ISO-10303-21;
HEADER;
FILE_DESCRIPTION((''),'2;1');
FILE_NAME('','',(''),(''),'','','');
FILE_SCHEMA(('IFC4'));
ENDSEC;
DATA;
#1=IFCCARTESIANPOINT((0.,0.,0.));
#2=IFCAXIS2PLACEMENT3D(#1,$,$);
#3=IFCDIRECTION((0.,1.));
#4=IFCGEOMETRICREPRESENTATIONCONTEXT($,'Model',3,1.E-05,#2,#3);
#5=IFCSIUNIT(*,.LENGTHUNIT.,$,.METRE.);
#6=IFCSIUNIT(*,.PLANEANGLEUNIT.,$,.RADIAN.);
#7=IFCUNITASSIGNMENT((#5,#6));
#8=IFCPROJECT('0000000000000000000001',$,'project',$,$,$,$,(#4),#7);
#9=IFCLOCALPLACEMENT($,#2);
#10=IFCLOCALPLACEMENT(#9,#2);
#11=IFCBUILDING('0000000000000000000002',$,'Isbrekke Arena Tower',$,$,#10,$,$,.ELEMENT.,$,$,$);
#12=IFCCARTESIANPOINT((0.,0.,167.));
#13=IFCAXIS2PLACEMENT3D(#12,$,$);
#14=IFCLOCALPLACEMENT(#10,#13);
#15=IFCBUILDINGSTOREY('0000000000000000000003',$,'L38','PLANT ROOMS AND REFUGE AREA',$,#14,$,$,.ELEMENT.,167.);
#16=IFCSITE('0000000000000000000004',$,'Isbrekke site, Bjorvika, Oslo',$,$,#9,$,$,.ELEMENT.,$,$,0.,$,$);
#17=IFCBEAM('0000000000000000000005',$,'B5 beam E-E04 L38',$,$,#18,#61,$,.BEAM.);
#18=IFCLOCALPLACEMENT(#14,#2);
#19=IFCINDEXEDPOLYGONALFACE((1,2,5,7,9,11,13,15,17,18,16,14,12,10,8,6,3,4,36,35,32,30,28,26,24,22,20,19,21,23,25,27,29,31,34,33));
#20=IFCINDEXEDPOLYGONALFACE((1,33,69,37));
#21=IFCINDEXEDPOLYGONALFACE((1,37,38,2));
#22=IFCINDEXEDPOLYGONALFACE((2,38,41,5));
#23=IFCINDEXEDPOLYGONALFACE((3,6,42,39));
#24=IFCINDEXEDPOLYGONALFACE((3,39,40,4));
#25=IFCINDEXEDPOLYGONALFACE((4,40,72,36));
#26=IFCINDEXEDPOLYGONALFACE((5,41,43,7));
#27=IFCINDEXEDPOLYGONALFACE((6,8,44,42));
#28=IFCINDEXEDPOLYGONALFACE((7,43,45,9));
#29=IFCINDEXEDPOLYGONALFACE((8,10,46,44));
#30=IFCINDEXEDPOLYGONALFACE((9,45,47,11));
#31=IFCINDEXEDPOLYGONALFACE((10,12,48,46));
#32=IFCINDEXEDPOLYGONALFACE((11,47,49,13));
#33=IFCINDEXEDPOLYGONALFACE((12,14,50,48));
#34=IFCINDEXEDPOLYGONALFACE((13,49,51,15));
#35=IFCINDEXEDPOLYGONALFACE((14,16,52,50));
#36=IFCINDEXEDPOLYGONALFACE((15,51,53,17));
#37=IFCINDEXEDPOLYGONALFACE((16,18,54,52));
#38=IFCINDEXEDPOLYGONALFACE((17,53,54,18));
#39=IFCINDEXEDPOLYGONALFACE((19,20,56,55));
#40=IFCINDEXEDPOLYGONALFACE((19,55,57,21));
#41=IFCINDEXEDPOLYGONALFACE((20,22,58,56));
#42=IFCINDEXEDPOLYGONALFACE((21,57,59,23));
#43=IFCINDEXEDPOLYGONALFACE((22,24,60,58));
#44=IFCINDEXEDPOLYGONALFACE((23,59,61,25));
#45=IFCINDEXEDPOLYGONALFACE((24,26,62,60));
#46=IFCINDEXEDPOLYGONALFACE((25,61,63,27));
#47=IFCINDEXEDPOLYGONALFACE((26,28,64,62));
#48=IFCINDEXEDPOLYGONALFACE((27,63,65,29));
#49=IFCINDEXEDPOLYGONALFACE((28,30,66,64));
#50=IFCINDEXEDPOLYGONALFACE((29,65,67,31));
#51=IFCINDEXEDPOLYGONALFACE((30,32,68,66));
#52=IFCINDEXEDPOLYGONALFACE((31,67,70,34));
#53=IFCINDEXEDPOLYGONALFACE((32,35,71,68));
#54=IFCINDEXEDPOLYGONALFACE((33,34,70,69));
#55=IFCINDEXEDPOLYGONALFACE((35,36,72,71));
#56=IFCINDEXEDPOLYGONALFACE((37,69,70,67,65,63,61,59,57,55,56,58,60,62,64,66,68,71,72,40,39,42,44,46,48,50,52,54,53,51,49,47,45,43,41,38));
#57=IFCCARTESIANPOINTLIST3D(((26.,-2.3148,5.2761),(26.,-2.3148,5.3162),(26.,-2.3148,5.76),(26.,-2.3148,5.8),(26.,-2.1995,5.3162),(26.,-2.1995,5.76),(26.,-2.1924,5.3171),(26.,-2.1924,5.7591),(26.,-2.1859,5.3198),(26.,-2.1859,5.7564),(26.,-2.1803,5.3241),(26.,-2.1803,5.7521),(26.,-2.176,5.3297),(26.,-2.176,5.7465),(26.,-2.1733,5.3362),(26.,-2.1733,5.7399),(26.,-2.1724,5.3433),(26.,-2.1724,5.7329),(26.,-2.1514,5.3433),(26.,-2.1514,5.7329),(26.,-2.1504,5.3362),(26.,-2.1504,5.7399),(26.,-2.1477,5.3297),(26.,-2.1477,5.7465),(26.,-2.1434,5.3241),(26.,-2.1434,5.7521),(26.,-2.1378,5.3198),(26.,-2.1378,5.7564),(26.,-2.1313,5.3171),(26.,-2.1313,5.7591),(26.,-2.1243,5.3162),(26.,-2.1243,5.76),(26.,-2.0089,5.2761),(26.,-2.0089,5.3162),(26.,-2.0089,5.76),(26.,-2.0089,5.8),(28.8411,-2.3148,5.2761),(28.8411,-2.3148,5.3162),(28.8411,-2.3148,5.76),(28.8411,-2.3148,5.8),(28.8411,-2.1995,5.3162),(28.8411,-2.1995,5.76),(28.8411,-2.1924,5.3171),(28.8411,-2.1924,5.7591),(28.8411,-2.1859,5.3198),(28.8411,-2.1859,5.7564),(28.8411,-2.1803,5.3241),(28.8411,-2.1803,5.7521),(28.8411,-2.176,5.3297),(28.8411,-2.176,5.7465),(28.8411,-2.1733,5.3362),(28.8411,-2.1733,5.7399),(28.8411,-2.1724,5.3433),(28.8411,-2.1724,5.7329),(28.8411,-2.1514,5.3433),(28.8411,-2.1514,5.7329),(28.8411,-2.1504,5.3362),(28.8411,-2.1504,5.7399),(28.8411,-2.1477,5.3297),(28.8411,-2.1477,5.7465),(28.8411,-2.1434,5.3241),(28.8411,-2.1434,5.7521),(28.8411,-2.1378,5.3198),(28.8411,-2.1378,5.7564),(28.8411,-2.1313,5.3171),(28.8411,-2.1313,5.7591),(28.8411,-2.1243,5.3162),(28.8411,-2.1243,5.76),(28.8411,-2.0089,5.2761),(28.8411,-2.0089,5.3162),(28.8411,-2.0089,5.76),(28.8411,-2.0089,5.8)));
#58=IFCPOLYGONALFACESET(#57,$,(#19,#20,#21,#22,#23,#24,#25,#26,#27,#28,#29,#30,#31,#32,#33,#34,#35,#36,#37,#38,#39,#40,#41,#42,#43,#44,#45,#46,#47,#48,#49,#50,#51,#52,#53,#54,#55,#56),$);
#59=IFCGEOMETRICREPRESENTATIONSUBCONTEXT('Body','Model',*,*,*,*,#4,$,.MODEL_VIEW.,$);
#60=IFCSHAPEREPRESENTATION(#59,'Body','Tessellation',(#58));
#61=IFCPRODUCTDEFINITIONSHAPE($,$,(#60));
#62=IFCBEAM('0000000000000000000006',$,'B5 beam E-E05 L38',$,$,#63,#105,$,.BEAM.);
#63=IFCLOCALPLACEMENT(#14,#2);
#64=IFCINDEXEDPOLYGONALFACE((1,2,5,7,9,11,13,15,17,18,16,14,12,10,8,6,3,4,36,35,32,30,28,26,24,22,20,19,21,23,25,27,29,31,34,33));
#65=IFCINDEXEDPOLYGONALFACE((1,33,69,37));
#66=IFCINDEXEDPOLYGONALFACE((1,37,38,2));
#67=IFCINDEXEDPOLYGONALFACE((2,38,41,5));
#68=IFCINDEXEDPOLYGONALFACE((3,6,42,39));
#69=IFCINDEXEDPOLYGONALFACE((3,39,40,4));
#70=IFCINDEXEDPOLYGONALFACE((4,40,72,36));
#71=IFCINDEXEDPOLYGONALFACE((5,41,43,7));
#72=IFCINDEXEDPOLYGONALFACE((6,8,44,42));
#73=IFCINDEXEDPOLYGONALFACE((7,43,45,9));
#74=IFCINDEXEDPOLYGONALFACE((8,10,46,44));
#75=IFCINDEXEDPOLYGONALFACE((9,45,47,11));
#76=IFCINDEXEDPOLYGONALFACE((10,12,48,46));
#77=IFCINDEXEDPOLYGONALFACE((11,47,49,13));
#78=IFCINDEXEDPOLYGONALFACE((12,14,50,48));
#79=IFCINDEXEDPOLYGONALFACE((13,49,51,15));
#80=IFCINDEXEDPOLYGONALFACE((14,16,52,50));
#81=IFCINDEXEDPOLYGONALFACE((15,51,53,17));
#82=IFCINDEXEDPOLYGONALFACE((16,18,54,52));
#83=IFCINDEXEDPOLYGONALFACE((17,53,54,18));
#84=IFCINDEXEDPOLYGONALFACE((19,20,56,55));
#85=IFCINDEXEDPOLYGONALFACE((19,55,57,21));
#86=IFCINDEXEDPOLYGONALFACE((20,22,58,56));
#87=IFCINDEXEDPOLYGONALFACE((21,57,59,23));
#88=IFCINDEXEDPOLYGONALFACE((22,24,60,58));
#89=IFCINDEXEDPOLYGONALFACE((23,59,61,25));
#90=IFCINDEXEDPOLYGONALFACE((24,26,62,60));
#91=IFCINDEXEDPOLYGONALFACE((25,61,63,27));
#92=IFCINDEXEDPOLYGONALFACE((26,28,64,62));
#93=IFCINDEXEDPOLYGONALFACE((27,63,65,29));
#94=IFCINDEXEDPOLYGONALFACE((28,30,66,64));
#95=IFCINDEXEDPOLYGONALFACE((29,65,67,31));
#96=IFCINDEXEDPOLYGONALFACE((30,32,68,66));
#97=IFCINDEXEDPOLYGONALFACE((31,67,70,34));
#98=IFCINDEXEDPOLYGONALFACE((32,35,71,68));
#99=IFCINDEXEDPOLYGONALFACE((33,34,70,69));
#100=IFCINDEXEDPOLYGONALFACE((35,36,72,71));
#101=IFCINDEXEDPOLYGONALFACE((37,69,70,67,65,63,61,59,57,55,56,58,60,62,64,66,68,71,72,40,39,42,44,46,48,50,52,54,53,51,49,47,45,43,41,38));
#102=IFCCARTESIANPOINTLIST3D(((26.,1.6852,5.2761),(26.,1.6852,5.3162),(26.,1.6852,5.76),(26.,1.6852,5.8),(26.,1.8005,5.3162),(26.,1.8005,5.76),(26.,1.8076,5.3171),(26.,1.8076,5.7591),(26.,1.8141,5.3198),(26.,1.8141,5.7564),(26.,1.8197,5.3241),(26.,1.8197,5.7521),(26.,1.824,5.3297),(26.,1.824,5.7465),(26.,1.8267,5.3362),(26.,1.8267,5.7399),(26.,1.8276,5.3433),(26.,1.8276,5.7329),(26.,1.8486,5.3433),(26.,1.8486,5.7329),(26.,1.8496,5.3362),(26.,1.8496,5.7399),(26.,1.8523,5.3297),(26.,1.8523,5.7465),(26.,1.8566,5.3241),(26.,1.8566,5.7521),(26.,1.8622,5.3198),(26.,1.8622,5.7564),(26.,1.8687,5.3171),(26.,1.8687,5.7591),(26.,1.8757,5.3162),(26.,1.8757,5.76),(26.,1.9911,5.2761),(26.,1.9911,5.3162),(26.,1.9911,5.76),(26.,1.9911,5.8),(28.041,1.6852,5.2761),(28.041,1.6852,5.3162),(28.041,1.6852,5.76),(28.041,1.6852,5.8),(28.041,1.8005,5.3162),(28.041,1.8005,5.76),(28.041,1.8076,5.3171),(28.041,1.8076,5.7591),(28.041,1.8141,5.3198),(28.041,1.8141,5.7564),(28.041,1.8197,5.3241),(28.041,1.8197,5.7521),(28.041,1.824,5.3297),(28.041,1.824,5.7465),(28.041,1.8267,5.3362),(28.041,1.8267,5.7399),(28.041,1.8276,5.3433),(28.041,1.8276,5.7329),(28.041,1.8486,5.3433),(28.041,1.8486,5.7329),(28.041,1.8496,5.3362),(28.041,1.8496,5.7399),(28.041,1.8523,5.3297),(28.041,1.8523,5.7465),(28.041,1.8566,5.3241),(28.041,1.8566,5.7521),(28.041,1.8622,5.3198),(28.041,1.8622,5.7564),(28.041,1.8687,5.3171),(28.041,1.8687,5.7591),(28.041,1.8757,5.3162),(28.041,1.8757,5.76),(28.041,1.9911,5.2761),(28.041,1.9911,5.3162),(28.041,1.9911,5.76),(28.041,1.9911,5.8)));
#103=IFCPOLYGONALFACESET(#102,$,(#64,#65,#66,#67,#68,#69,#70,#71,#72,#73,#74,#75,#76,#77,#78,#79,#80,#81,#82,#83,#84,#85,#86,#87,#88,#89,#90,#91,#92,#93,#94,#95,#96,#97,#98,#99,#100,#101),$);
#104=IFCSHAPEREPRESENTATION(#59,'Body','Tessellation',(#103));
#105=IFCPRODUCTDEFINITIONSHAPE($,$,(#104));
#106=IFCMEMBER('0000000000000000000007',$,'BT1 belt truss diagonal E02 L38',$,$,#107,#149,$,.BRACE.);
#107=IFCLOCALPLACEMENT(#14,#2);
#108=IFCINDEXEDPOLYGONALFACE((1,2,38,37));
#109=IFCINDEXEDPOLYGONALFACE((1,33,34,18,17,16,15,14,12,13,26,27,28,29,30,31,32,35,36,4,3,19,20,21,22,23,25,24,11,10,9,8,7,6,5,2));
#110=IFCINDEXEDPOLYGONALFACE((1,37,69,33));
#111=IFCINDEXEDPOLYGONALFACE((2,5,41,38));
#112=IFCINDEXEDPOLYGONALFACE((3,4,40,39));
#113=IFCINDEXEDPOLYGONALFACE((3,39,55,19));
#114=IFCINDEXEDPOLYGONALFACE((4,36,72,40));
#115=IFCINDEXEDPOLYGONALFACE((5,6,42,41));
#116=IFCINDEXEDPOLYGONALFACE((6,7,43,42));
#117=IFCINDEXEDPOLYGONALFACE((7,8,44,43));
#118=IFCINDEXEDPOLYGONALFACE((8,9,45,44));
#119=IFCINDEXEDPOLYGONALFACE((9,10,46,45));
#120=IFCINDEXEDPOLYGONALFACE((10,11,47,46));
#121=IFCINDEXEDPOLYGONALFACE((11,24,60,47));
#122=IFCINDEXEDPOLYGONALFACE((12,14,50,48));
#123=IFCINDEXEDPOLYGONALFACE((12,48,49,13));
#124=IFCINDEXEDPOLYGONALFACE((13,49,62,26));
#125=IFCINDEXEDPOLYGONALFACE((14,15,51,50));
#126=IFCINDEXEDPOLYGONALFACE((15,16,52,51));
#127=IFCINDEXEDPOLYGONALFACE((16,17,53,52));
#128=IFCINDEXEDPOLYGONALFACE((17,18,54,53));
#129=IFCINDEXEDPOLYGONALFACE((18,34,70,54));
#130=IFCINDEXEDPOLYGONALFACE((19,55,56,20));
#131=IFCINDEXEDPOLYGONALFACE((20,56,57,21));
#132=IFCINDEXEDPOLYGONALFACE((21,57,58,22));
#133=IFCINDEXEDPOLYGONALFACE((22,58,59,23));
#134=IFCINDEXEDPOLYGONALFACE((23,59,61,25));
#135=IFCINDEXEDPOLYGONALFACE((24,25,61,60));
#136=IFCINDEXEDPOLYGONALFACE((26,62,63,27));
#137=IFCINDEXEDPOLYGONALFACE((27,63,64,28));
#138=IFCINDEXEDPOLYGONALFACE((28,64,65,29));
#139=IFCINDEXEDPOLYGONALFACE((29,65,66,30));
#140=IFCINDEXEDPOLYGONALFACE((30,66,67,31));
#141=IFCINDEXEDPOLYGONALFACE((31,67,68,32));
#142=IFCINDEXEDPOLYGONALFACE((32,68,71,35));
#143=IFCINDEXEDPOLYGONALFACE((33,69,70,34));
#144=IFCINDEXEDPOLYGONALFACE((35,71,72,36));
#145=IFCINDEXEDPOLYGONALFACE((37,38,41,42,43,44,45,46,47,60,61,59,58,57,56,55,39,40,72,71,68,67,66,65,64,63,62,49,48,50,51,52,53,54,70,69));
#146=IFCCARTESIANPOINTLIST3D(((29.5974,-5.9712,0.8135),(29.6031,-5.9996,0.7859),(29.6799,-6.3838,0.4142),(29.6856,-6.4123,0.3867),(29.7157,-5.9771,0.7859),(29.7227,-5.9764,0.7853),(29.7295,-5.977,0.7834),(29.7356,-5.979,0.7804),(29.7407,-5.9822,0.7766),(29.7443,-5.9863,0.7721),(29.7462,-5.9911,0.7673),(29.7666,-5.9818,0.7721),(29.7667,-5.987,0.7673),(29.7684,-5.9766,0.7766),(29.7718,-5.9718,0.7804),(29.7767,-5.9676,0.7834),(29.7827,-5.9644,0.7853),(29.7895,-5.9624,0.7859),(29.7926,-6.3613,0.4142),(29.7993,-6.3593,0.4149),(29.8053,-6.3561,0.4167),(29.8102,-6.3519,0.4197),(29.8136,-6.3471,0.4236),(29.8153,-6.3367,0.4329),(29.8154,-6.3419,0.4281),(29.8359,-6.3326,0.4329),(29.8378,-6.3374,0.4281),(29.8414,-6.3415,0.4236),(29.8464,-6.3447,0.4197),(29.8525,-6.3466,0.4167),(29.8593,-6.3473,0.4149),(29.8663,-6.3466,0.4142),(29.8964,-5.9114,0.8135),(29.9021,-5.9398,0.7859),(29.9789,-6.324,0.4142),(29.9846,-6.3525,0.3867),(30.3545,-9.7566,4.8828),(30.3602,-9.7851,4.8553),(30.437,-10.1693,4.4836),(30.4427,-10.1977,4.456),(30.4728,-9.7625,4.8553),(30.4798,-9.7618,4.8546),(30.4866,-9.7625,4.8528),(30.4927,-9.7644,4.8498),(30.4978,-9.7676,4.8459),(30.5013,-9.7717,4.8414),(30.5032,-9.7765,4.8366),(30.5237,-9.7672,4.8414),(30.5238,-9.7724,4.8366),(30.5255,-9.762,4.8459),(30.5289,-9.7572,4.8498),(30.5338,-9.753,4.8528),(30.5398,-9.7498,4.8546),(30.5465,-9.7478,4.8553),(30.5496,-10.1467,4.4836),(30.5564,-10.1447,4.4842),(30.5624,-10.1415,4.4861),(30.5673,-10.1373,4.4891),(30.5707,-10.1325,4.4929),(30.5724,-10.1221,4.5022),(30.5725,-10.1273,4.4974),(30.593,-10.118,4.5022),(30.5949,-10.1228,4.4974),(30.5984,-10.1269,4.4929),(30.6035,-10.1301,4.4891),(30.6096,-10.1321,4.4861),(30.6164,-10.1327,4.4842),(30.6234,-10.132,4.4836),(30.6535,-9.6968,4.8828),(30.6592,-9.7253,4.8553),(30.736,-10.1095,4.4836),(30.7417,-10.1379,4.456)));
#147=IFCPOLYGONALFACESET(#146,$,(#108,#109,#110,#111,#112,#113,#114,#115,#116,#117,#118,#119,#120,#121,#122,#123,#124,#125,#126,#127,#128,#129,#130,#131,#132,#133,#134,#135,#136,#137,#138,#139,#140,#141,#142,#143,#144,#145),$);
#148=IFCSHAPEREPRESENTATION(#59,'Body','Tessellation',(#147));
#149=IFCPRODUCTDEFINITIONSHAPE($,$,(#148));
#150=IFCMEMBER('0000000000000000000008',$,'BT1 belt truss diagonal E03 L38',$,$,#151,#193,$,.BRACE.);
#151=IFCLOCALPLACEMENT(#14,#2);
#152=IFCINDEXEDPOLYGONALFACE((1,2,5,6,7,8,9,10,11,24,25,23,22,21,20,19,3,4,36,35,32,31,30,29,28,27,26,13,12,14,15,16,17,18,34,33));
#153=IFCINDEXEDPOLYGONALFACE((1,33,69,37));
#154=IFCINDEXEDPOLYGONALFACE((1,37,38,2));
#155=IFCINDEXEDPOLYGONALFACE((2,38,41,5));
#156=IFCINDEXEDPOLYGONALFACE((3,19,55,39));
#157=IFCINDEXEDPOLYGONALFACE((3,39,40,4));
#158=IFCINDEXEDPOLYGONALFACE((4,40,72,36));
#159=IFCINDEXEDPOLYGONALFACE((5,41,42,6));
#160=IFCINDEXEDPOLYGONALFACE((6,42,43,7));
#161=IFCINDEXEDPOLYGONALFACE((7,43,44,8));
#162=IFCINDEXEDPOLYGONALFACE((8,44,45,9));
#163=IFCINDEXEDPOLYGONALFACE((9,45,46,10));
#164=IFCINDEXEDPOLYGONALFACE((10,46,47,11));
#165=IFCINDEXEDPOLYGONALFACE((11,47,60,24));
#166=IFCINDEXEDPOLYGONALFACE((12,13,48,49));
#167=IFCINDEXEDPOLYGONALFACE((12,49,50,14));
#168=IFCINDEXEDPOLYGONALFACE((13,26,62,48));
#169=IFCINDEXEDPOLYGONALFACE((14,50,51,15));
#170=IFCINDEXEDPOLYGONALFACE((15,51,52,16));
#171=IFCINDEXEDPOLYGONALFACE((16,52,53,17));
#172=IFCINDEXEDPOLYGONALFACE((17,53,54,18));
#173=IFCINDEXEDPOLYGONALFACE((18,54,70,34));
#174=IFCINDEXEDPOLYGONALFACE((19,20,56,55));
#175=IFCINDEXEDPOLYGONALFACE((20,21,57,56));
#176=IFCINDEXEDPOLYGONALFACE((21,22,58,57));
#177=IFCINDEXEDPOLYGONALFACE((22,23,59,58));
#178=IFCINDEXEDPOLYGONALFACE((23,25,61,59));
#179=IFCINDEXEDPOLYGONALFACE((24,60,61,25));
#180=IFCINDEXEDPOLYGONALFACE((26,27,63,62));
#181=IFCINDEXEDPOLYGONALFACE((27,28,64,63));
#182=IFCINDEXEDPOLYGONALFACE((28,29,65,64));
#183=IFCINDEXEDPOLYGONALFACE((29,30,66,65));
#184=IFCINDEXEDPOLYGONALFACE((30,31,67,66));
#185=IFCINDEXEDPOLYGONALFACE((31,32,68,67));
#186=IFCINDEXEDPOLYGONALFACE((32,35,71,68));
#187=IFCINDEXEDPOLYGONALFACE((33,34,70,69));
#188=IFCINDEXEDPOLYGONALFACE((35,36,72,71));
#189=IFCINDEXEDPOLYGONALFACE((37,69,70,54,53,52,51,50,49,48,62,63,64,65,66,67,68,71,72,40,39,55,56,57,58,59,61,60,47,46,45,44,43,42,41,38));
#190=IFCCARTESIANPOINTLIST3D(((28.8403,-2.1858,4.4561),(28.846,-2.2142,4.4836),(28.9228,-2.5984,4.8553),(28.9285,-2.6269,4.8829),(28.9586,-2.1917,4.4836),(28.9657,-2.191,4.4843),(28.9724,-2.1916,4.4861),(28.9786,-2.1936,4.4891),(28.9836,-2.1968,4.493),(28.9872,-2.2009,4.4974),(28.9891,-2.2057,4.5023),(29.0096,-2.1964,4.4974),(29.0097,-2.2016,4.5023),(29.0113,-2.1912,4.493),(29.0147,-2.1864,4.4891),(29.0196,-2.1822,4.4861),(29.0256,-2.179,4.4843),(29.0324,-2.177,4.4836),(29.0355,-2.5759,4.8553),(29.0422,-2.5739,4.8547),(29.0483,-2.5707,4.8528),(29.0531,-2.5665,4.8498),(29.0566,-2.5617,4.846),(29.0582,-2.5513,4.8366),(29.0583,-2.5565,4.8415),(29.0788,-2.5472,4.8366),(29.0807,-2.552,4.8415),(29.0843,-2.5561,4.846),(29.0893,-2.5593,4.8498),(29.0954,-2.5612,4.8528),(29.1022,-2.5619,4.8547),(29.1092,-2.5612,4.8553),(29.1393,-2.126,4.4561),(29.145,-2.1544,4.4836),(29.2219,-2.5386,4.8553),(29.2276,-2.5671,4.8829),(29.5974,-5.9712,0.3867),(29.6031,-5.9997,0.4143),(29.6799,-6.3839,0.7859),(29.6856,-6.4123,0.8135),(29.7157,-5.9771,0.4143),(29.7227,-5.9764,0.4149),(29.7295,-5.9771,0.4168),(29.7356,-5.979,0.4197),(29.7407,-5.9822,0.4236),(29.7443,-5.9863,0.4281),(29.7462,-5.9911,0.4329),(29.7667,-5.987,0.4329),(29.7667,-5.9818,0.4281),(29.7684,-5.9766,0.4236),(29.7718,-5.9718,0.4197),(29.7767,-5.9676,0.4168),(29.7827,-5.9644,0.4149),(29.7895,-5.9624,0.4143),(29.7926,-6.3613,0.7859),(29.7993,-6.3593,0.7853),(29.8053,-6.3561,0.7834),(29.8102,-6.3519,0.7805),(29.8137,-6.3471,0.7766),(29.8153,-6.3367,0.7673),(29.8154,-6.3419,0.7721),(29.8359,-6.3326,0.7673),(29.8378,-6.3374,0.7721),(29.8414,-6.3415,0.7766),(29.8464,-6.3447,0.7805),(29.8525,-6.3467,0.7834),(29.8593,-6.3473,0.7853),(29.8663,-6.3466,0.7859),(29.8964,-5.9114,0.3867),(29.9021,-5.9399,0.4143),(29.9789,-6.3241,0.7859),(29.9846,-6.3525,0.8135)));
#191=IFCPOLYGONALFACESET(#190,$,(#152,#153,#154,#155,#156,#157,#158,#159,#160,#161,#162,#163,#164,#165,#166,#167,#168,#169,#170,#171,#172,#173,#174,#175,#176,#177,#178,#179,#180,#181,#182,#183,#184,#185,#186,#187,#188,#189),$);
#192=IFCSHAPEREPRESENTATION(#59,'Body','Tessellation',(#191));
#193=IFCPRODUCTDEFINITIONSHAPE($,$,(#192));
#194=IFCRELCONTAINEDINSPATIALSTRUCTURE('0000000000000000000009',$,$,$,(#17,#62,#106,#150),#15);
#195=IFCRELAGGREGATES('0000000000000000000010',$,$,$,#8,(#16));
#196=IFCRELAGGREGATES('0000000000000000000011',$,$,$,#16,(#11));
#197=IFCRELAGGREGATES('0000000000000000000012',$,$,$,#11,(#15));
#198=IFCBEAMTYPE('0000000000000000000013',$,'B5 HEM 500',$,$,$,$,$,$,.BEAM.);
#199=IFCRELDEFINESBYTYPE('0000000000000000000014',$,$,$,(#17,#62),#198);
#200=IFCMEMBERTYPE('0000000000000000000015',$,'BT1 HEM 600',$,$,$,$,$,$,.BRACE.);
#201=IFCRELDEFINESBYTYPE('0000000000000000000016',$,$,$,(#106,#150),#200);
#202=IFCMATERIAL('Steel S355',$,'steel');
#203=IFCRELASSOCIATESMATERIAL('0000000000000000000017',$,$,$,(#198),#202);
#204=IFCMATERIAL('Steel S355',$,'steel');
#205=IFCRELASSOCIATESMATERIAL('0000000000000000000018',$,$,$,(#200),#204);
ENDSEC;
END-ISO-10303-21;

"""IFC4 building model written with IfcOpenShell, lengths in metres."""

from ifc_helpers import new_model, si_unit, direction, frame, origin, origin_2d, place, context, subcontext, project, spatial, i_section, extrude, material, material_profile, profile_set, type_object, element, save


model = new_model("IFC4")

# Units and contexts
model_context = context("Model", 3, precision=1e-05, world=origin(), true_north=direction((0.0, 1.0)))
body_context = subcontext(model_context, "Body", "Model", "MODEL_VIEW")
ifc_project = project(units=[si_unit("LENGTHUNIT", "METRE"), si_unit("PLANEANGLEUNIT", "RADIAN")], contexts=[model_context])

# Site, building, storey
site_placement = place(None, origin())
site = spatial("IfcSite", under=ifc_project, at=site_placement, Name="Isbrekke site, Bjorvika, Oslo", CompositionType="ELEMENT", RefElevation=0.0)
building_placement = place(site_placement, origin())
building = spatial("IfcBuilding", under=site, at=building_placement, Name="Isbrekke Arena Tower", CompositionType="ELEMENT")
storey_placement = place(building_placement, frame((0.0, 0.0, 167.0)))
storey = spatial("IfcBuildingStorey", under=building, at=storey_placement, Name="L38", Description="PLANT ROOMS AND REFUGE AREA", CompositionType="ELEMENT", Elevation=167.0)

# Beams
ifc_material_1 = material(Name="Steel S355", Category="steel")
ifc_material_profile_1 = material_profile(ifc_material_1, i_section(OverallWidth=0.3059, OverallDepth=0.5239, WebThickness=0.021, FlangeThickness=0.04, FilletRadius=0.0271, at=origin_2d()), Name="HEM 500")
ifc_profile_set_1 = profile_set([ifc_material_profile_1], Name="Steel S355")
beam_type_1 = type_object("IfcBeamType", Name="B5 HEM 500", PredefinedType="BEAM", material=ifc_profile_set_1)
beam_1_placement = place(storey_placement, frame((28.8411, -2.1619, 5.5381), z_axis=(-1.0, 0.0, 0.0), x_axis=(0.0, -1.0, 0.0)))
element("IfcBeam", 1, at=beam_1_placement, inside=storey, type_object=beam_type_1, Name="B5 beam E-E04 L38", PredefinedType="BEAM", context=body_context, shape_type="SweptSolid", body=[
    extrude(i_section(OverallWidth=0.3059, OverallDepth=0.5239, WebThickness=0.021, FlangeThickness=0.04, FilletRadius=0.0271, at=origin_2d()), origin(), (0.0, 0.0, 1.0), 2.8411),
])
beam_2_placement = place(storey_placement, frame((28.041, 1.8381, 5.5381), z_axis=(-1.0, 0.0, 0.0), x_axis=(0.0, -1.0, 0.0)))
element("IfcBeam", 2, at=beam_2_placement, inside=storey, type_object=beam_type_1, Name="B5 beam E-E05 L38", PredefinedType="BEAM", context=body_context, shape_type="SweptSolid", body=[
    extrude(i_section(OverallWidth=0.3059, OverallDepth=0.5239, WebThickness=0.021, FlangeThickness=0.04, FilletRadius=0.0271, at=origin_2d()), origin(), (0.0, 0.0, 1.0), 2.041),
])

# Members
ifc_material_2 = material(Name="Steel S355", Category="steel")
ifc_material_profile_2 = material_profile(ifc_material_2, i_section(OverallWidth=0.3049, OverallDepth=0.6201, WebThickness=0.021, FlangeThickness=0.04, FilletRadius=0.0271, at=origin_2d()), Name="HEM 600")
ifc_profile_set_2 = profile_set([ifc_material_profile_2], Name="Steel S355")
member_type_1 = type_object("IfcMemberType", Name="BT1 HEM 600", PredefinedType="BRACE", material=ifc_profile_set_2)
for number, where, z_axis, x_axis, name in (
    (3, (30.5481, -9.9473, 4.6694), (-0.134974, 0.674869, -0.725489), (-0.980581, -0.196116, 0.0), "BT1 belt truss diagonal E02 L38"),
    (4, (29.791, -6.1619, 0.6001), (-0.134974, 0.674869, 0.725489), (-0.980581, -0.196116, 0.0), "BT1 belt truss diagonal E03 L38"),
):
    element("IfcMember", number, at=place(storey_placement, frame(where, z_axis=z_axis, x_axis=x_axis)), inside=storey, type_object=member_type_1, Name=name, PredefinedType="BRACE", context=body_context, shape_type="SweptSolid", body=[
        extrude(i_section(OverallWidth=0.3049, OverallDepth=0.6201, WebThickness=0.021, FlangeThickness=0.04, FilletRadius=0.0271, at=origin_2d()), origin(), (0.0, 0.0, 1.0), 5.6091),
    ])

save(model, "model.ifc")
